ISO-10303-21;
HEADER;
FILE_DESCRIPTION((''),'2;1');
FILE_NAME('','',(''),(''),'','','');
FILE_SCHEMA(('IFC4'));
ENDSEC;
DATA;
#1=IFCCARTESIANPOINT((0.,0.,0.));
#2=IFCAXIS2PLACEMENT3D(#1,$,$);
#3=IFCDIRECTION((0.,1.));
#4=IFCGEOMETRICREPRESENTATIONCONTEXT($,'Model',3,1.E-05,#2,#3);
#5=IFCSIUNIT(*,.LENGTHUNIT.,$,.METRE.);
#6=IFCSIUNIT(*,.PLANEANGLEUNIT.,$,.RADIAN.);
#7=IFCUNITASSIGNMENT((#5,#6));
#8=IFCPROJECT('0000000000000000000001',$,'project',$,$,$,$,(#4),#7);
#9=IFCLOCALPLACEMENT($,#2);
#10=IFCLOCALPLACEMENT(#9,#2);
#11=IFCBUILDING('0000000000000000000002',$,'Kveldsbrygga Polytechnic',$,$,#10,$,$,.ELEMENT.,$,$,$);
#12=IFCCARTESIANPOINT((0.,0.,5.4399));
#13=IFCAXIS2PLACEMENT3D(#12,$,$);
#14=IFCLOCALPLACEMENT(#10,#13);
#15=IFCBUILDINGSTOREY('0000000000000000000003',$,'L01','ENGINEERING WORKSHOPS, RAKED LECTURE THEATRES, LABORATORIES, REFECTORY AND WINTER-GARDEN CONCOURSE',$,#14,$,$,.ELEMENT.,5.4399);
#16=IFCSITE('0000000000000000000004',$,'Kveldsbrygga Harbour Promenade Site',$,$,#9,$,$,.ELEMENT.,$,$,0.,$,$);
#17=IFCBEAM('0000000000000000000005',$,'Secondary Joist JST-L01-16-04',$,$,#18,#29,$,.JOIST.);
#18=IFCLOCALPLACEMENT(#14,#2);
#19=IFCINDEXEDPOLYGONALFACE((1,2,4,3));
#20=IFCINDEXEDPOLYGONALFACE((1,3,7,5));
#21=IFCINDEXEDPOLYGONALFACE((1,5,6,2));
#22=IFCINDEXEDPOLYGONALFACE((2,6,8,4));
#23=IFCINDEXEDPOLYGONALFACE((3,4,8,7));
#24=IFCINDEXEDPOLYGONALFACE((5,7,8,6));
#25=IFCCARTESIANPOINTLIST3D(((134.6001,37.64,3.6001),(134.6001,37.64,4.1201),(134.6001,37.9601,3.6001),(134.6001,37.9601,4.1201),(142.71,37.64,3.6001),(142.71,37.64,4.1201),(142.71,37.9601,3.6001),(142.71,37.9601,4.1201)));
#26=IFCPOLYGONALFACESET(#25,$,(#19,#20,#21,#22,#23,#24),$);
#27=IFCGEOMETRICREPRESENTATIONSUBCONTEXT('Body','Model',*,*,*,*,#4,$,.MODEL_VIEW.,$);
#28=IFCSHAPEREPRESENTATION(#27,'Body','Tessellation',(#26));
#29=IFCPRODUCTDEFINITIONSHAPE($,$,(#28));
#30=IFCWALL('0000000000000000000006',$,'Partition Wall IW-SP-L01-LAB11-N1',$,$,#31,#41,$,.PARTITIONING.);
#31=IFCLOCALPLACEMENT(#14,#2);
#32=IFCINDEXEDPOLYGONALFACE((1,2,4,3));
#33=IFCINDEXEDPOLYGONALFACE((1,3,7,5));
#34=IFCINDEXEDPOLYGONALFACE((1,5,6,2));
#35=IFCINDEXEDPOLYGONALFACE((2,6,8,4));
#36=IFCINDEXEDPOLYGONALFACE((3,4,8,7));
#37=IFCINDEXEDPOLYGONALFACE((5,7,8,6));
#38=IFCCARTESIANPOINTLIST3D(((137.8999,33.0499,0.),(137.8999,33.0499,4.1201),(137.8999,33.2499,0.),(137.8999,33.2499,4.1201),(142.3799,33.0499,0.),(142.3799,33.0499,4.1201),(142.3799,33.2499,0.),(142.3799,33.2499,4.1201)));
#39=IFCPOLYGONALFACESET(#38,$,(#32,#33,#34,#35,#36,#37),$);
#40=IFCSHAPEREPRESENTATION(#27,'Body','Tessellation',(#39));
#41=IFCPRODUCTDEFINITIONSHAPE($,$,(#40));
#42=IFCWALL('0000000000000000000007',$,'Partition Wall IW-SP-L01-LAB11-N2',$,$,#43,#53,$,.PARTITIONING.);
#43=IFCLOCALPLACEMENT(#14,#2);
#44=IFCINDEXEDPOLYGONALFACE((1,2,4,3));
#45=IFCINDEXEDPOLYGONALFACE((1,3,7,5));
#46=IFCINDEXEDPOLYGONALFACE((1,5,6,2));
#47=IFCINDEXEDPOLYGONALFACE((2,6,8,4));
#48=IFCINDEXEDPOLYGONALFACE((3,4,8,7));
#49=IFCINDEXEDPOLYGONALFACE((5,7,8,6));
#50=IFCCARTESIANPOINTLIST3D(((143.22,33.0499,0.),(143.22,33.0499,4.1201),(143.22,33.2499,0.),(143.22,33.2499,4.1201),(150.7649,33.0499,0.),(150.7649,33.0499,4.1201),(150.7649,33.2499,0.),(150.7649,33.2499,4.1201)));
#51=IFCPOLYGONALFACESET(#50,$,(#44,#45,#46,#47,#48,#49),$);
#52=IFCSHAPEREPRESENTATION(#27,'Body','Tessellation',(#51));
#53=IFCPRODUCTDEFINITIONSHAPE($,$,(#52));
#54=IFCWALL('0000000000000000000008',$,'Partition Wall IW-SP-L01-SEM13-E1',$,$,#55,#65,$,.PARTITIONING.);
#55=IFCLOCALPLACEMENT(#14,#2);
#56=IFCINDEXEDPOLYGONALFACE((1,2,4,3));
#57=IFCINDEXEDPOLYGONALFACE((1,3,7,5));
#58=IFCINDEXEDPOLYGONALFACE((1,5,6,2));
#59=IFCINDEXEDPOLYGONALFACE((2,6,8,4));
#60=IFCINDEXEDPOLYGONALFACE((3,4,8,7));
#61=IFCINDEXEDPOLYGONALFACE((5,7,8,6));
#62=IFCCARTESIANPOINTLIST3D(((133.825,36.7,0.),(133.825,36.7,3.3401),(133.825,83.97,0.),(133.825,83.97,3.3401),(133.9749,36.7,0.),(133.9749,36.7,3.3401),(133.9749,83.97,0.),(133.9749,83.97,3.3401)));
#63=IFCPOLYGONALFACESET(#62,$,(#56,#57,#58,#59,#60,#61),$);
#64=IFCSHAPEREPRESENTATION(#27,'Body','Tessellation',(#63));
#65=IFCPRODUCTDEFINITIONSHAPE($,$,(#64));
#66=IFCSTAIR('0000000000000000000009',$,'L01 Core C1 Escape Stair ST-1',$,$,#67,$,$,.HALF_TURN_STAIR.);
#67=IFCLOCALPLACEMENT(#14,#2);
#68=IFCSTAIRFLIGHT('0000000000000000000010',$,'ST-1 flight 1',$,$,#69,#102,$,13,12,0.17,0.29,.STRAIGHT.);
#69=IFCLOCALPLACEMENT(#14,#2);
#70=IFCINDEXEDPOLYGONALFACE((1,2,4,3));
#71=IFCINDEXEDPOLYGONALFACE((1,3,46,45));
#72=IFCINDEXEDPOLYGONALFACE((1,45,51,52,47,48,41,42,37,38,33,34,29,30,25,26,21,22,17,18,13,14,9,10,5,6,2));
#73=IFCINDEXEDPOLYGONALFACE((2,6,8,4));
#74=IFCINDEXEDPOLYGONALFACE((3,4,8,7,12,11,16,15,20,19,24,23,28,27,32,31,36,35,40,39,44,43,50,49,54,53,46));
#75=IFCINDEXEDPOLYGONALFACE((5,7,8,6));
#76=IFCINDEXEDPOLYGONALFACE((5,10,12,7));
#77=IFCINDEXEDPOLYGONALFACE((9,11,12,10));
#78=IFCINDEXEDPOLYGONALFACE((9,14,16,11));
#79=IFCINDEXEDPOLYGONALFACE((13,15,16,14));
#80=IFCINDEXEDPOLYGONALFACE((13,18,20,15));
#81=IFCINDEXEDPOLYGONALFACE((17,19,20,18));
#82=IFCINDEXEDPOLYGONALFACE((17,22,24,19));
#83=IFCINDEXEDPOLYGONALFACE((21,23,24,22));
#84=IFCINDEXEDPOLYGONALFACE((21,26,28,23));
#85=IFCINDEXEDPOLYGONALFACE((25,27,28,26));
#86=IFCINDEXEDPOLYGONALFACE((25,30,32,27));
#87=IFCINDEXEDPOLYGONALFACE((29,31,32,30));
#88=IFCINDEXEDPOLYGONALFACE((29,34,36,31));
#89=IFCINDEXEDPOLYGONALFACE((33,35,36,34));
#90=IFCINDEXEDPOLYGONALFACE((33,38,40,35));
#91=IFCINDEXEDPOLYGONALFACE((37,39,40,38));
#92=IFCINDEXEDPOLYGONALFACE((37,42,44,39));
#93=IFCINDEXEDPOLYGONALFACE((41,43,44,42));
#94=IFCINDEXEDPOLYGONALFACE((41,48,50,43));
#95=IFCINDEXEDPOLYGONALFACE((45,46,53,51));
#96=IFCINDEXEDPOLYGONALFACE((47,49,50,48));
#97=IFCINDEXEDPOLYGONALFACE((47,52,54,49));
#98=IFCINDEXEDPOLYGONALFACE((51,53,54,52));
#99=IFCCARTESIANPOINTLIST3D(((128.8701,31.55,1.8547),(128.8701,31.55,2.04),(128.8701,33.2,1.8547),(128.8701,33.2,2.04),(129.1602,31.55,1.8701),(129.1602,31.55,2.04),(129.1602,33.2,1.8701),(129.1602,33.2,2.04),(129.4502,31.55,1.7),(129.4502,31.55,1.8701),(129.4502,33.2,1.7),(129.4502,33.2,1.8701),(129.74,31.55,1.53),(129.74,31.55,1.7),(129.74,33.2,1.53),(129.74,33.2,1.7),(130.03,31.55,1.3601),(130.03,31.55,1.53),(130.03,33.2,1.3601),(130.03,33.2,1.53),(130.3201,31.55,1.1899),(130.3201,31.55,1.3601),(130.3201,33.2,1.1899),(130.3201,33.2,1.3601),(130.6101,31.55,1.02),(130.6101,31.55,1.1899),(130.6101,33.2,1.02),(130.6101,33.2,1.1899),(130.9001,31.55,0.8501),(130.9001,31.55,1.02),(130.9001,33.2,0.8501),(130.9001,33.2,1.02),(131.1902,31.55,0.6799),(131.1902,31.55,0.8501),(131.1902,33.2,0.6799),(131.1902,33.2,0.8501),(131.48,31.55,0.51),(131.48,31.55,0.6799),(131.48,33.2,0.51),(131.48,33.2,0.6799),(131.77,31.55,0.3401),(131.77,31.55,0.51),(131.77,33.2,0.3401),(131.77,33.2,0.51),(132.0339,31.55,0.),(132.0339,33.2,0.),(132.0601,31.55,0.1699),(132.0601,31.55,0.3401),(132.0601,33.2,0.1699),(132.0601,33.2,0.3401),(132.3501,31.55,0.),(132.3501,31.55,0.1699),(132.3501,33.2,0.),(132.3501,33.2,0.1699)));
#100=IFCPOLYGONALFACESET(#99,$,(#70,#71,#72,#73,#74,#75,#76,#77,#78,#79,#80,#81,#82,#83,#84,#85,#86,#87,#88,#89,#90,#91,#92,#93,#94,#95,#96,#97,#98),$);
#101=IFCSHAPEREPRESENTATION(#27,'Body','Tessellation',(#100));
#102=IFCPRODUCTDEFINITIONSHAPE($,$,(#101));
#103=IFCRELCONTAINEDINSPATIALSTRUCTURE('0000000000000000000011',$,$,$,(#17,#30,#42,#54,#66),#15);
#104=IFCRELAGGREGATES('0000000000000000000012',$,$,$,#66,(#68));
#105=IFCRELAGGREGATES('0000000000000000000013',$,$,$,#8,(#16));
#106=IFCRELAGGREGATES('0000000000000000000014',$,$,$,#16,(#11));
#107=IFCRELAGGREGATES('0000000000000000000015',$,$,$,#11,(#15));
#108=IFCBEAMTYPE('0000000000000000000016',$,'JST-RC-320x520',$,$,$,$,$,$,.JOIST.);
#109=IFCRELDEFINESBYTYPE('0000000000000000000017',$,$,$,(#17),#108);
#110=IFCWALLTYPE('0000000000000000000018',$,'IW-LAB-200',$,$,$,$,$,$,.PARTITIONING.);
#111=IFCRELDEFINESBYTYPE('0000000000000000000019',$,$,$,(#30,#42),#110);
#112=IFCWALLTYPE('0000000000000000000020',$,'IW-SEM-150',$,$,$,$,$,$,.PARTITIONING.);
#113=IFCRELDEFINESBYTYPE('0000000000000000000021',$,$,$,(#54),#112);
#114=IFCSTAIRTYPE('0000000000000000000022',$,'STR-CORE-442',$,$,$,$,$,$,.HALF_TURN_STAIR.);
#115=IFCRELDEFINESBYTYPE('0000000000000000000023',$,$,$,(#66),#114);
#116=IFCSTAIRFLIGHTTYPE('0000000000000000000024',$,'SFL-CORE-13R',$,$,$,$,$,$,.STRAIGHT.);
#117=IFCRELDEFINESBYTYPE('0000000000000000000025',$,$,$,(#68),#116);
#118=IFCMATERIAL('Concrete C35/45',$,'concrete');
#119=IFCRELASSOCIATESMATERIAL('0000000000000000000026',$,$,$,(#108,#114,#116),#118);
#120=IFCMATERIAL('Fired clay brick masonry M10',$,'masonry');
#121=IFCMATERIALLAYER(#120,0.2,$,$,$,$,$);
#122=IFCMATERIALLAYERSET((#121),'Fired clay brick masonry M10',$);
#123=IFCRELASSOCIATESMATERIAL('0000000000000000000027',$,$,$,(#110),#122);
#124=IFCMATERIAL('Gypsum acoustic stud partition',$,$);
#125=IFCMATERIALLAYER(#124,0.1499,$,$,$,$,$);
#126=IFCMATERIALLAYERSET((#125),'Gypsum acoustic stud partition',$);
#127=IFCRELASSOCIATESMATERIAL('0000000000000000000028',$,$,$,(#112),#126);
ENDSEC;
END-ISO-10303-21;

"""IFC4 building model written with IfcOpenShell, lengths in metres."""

from ifc_helpers import new_model, si_unit, direction, frame, frame_2d, origin, origin_2d, place, context, subcontext, project, spatial, polyline, rectangle, outline, extrude, material, layer, layer_set, material_profile, profile_set, type_object, element, aggregate, save


model = new_model("IFC4")

# Units and contexts
model_context = context("Model", 3, precision=1e-05, world=origin(), true_north=direction((0.0, 1.0)))
body_context = subcontext(model_context, "Body", "Model", "MODEL_VIEW")
ifc_project = project(units=[si_unit("LENGTHUNIT", "METRE"), si_unit("PLANEANGLEUNIT", "RADIAN")], contexts=[model_context])

# Site, building, storey
site_placement = place(None, origin())
site = spatial("IfcSite", under=ifc_project, at=site_placement, Name="Kveldsbrygga Harbour Promenade Site", CompositionType="ELEMENT", RefElevation=0.0)
building_placement = place(site_placement, origin())
building = spatial("IfcBuilding", under=site, at=building_placement, Name="Kveldsbrygga Polytechnic", CompositionType="ELEMENT")
storey_placement = place(building_placement, frame((0.0, 0.0, 5.4399)))
storey = spatial("IfcBuildingStorey", under=building, at=storey_placement, Name="L01", Description="ENGINEERING WORKSHOPS, RAKED LECTURE THEATRES, LABORATORIES, REFECTORY AND WINTER-GARDEN CONCOURSE", CompositionType="ELEMENT", Elevation=5.4399)

# Beam
ifc_material_1 = material(Name="Concrete C35/45", Category="concrete")
ifc_material_profile_1 = material_profile(ifc_material_1, rectangle(XDim=0.3201, YDim=0.52, at=origin_2d()), Name="RC 320x520")
ifc_profile_set_1 = profile_set([ifc_material_profile_1], Name="Concrete C35/45")
beam_type_1 = type_object("IfcBeamType", Name="JST-RC-320x520", PredefinedType="JOIST", material=ifc_profile_set_1)
beam_1_placement = place(storey_placement, frame((134.6001, 37.8, 3.8601), z_axis=(1.0, 0.0, 0.0), x_axis=(0.0, 1.0, 0.0)))
element("IfcBeam", 1, at=beam_1_placement, inside=storey, type_object=beam_type_1, Name="Secondary Joist JST-L01-16-04", PredefinedType="JOIST", context=body_context, shape_type="SweptSolid", body=[
    extrude(rectangle(XDim=0.3201, YDim=0.52, at=origin_2d()), origin(), (0.0, 0.0, 1.0), 8.1099),
])

# Walls
ifc_material_2 = material(Name="Fired clay brick masonry M10", Category="masonry")
ifc_layer_1 = layer(ifc_material_2, 0.2)
ifc_layer_set_1 = layer_set([ifc_layer_1], Name="Fired clay brick masonry M10")
wall_type_1 = type_object("IfcWallType", Name="IW-LAB-200", PredefinedType="PARTITIONING", material=ifc_layer_set_1)
wall_1_placement = place(storey_placement, frame((137.8999, 33.1499, 0.0), z_axis=(0.0, 0.0, 1.0), x_axis=(1.0, 0.0, 0.0)))
element("IfcWall", 2, at=wall_1_placement, inside=storey, type_object=wall_type_1, Name="Partition Wall IW-SP-L01-LAB11-N1", PredefinedType="PARTITIONING", context=body_context, shape_type="SweptSolid", body=[
    extrude(rectangle(XDim=4.48, YDim=0.2, at=frame_2d((2.24, 0.0))), origin(), (0.0, 0.0, 1.0), 4.1201),
])
wall_2_placement = place(storey_placement, frame((143.22, 33.1499, 0.0), z_axis=(0.0, 0.0, 1.0), x_axis=(1.0, 0.0, 0.0)))
element("IfcWall", 3, at=wall_2_placement, inside=storey, type_object=wall_type_1, Name="Partition Wall IW-SP-L01-LAB11-N2", PredefinedType="PARTITIONING", context=body_context, shape_type="SweptSolid", body=[
    extrude(rectangle(XDim=7.5449, YDim=0.2, at=frame_2d((3.7725, 0.0))), origin(), (0.0, 0.0, 1.0), 4.1201),
])
ifc_material_3 = material(Name="Gypsum acoustic stud partition")
ifc_layer_2 = layer(ifc_material_3, 0.1499)
ifc_layer_set_2 = layer_set([ifc_layer_2], Name="Gypsum acoustic stud partition")
wall_type_2 = type_object("IfcWallType", Name="IW-SEM-150", PredefinedType="PARTITIONING", material=ifc_layer_set_2)
wall_3_placement = place(storey_placement, frame((133.8999, 36.7, 0.0), z_axis=(0.0, 0.0, 1.0), x_axis=(0.0, 1.0, 0.0)))
element("IfcWall", 4, at=wall_3_placement, inside=storey, type_object=wall_type_2, Name="Partition Wall IW-SP-L01-SEM13-E1", PredefinedType="PARTITIONING", context=body_context, shape_type="SweptSolid", body=[
    extrude(rectangle(XDim=47.27, YDim=0.1499, at=frame_2d((23.635, 0.0))), origin(), (0.0, 0.0, 1.0), 3.3401),
])

# Stair, stair flight
stair_type = type_object("IfcStairType", Name="STR-CORE-442", PredefinedType="HALF_TURN_STAIR", material=ifc_material_1)
stair_placement = place(storey_placement, origin())
stair = element("IfcStair", 5, at=stair_placement, inside=storey, type_object=stair_type, Name="L01 Core C1 Escape Stair ST-1", PredefinedType="HALF_TURN_STAIR")
stair_flight_type = type_object("IfcStairFlightType", Name="SFL-CORE-13R", PredefinedType="STRAIGHT", material=ifc_material_1)
stair_flight_placement = place(storey_placement, frame((132.3501, 32.375, 0.0), z_axis=(0.0, 0.0, 1.0), x_axis=(-1.0, 0.0, 0.0)))
stair_flight = element("IfcStairFlight", 6, at=stair_flight_placement, type_object=stair_flight_type, Name="ST-1 flight 1", NumberOfRisers=13, NumberOfTreads=12, PredefinedType="STRAIGHT", RiserHeight=0.17, TreadLength=0.29, context=body_context, shape_type="SweptSolid", body=[
    extrude(outline(polyline([(0.0, 0.0), (0.0, 0.1699), (0.29, 0.1699), (0.29, 0.3401), (0.5801, 0.3401), (0.5801, 0.51), (0.8701, 0.51), (0.8701, 0.6799), (1.1599, 0.6799), (1.1599, 0.8501), (1.45, 0.8501), (1.45, 1.02), (1.74, 1.02), (1.74, 1.1899), (2.03, 1.1899), (2.03, 1.3601), (2.3201, 1.3601), (2.3201, 1.53), (2.6101, 1.53), (2.6101, 1.7), (2.8999, 1.7), (2.8999, 1.8701), (3.1899, 1.8701), (3.1899, 2.04), (3.48, 2.04), (3.48, 2.21), (3.48, 1.8547), (0.3162, 0.0), (0.0, 0.0)])), frame((0.0, 0.825, 0.0), z_axis=(0.0, -1.0, 0.0), x_axis=(1.0, 0.0, 0.0)), (0.0, 0.0, 1.0), 1.6499),
])
aggregate(stair, [stair_flight])

save(model, "model.ifc")
